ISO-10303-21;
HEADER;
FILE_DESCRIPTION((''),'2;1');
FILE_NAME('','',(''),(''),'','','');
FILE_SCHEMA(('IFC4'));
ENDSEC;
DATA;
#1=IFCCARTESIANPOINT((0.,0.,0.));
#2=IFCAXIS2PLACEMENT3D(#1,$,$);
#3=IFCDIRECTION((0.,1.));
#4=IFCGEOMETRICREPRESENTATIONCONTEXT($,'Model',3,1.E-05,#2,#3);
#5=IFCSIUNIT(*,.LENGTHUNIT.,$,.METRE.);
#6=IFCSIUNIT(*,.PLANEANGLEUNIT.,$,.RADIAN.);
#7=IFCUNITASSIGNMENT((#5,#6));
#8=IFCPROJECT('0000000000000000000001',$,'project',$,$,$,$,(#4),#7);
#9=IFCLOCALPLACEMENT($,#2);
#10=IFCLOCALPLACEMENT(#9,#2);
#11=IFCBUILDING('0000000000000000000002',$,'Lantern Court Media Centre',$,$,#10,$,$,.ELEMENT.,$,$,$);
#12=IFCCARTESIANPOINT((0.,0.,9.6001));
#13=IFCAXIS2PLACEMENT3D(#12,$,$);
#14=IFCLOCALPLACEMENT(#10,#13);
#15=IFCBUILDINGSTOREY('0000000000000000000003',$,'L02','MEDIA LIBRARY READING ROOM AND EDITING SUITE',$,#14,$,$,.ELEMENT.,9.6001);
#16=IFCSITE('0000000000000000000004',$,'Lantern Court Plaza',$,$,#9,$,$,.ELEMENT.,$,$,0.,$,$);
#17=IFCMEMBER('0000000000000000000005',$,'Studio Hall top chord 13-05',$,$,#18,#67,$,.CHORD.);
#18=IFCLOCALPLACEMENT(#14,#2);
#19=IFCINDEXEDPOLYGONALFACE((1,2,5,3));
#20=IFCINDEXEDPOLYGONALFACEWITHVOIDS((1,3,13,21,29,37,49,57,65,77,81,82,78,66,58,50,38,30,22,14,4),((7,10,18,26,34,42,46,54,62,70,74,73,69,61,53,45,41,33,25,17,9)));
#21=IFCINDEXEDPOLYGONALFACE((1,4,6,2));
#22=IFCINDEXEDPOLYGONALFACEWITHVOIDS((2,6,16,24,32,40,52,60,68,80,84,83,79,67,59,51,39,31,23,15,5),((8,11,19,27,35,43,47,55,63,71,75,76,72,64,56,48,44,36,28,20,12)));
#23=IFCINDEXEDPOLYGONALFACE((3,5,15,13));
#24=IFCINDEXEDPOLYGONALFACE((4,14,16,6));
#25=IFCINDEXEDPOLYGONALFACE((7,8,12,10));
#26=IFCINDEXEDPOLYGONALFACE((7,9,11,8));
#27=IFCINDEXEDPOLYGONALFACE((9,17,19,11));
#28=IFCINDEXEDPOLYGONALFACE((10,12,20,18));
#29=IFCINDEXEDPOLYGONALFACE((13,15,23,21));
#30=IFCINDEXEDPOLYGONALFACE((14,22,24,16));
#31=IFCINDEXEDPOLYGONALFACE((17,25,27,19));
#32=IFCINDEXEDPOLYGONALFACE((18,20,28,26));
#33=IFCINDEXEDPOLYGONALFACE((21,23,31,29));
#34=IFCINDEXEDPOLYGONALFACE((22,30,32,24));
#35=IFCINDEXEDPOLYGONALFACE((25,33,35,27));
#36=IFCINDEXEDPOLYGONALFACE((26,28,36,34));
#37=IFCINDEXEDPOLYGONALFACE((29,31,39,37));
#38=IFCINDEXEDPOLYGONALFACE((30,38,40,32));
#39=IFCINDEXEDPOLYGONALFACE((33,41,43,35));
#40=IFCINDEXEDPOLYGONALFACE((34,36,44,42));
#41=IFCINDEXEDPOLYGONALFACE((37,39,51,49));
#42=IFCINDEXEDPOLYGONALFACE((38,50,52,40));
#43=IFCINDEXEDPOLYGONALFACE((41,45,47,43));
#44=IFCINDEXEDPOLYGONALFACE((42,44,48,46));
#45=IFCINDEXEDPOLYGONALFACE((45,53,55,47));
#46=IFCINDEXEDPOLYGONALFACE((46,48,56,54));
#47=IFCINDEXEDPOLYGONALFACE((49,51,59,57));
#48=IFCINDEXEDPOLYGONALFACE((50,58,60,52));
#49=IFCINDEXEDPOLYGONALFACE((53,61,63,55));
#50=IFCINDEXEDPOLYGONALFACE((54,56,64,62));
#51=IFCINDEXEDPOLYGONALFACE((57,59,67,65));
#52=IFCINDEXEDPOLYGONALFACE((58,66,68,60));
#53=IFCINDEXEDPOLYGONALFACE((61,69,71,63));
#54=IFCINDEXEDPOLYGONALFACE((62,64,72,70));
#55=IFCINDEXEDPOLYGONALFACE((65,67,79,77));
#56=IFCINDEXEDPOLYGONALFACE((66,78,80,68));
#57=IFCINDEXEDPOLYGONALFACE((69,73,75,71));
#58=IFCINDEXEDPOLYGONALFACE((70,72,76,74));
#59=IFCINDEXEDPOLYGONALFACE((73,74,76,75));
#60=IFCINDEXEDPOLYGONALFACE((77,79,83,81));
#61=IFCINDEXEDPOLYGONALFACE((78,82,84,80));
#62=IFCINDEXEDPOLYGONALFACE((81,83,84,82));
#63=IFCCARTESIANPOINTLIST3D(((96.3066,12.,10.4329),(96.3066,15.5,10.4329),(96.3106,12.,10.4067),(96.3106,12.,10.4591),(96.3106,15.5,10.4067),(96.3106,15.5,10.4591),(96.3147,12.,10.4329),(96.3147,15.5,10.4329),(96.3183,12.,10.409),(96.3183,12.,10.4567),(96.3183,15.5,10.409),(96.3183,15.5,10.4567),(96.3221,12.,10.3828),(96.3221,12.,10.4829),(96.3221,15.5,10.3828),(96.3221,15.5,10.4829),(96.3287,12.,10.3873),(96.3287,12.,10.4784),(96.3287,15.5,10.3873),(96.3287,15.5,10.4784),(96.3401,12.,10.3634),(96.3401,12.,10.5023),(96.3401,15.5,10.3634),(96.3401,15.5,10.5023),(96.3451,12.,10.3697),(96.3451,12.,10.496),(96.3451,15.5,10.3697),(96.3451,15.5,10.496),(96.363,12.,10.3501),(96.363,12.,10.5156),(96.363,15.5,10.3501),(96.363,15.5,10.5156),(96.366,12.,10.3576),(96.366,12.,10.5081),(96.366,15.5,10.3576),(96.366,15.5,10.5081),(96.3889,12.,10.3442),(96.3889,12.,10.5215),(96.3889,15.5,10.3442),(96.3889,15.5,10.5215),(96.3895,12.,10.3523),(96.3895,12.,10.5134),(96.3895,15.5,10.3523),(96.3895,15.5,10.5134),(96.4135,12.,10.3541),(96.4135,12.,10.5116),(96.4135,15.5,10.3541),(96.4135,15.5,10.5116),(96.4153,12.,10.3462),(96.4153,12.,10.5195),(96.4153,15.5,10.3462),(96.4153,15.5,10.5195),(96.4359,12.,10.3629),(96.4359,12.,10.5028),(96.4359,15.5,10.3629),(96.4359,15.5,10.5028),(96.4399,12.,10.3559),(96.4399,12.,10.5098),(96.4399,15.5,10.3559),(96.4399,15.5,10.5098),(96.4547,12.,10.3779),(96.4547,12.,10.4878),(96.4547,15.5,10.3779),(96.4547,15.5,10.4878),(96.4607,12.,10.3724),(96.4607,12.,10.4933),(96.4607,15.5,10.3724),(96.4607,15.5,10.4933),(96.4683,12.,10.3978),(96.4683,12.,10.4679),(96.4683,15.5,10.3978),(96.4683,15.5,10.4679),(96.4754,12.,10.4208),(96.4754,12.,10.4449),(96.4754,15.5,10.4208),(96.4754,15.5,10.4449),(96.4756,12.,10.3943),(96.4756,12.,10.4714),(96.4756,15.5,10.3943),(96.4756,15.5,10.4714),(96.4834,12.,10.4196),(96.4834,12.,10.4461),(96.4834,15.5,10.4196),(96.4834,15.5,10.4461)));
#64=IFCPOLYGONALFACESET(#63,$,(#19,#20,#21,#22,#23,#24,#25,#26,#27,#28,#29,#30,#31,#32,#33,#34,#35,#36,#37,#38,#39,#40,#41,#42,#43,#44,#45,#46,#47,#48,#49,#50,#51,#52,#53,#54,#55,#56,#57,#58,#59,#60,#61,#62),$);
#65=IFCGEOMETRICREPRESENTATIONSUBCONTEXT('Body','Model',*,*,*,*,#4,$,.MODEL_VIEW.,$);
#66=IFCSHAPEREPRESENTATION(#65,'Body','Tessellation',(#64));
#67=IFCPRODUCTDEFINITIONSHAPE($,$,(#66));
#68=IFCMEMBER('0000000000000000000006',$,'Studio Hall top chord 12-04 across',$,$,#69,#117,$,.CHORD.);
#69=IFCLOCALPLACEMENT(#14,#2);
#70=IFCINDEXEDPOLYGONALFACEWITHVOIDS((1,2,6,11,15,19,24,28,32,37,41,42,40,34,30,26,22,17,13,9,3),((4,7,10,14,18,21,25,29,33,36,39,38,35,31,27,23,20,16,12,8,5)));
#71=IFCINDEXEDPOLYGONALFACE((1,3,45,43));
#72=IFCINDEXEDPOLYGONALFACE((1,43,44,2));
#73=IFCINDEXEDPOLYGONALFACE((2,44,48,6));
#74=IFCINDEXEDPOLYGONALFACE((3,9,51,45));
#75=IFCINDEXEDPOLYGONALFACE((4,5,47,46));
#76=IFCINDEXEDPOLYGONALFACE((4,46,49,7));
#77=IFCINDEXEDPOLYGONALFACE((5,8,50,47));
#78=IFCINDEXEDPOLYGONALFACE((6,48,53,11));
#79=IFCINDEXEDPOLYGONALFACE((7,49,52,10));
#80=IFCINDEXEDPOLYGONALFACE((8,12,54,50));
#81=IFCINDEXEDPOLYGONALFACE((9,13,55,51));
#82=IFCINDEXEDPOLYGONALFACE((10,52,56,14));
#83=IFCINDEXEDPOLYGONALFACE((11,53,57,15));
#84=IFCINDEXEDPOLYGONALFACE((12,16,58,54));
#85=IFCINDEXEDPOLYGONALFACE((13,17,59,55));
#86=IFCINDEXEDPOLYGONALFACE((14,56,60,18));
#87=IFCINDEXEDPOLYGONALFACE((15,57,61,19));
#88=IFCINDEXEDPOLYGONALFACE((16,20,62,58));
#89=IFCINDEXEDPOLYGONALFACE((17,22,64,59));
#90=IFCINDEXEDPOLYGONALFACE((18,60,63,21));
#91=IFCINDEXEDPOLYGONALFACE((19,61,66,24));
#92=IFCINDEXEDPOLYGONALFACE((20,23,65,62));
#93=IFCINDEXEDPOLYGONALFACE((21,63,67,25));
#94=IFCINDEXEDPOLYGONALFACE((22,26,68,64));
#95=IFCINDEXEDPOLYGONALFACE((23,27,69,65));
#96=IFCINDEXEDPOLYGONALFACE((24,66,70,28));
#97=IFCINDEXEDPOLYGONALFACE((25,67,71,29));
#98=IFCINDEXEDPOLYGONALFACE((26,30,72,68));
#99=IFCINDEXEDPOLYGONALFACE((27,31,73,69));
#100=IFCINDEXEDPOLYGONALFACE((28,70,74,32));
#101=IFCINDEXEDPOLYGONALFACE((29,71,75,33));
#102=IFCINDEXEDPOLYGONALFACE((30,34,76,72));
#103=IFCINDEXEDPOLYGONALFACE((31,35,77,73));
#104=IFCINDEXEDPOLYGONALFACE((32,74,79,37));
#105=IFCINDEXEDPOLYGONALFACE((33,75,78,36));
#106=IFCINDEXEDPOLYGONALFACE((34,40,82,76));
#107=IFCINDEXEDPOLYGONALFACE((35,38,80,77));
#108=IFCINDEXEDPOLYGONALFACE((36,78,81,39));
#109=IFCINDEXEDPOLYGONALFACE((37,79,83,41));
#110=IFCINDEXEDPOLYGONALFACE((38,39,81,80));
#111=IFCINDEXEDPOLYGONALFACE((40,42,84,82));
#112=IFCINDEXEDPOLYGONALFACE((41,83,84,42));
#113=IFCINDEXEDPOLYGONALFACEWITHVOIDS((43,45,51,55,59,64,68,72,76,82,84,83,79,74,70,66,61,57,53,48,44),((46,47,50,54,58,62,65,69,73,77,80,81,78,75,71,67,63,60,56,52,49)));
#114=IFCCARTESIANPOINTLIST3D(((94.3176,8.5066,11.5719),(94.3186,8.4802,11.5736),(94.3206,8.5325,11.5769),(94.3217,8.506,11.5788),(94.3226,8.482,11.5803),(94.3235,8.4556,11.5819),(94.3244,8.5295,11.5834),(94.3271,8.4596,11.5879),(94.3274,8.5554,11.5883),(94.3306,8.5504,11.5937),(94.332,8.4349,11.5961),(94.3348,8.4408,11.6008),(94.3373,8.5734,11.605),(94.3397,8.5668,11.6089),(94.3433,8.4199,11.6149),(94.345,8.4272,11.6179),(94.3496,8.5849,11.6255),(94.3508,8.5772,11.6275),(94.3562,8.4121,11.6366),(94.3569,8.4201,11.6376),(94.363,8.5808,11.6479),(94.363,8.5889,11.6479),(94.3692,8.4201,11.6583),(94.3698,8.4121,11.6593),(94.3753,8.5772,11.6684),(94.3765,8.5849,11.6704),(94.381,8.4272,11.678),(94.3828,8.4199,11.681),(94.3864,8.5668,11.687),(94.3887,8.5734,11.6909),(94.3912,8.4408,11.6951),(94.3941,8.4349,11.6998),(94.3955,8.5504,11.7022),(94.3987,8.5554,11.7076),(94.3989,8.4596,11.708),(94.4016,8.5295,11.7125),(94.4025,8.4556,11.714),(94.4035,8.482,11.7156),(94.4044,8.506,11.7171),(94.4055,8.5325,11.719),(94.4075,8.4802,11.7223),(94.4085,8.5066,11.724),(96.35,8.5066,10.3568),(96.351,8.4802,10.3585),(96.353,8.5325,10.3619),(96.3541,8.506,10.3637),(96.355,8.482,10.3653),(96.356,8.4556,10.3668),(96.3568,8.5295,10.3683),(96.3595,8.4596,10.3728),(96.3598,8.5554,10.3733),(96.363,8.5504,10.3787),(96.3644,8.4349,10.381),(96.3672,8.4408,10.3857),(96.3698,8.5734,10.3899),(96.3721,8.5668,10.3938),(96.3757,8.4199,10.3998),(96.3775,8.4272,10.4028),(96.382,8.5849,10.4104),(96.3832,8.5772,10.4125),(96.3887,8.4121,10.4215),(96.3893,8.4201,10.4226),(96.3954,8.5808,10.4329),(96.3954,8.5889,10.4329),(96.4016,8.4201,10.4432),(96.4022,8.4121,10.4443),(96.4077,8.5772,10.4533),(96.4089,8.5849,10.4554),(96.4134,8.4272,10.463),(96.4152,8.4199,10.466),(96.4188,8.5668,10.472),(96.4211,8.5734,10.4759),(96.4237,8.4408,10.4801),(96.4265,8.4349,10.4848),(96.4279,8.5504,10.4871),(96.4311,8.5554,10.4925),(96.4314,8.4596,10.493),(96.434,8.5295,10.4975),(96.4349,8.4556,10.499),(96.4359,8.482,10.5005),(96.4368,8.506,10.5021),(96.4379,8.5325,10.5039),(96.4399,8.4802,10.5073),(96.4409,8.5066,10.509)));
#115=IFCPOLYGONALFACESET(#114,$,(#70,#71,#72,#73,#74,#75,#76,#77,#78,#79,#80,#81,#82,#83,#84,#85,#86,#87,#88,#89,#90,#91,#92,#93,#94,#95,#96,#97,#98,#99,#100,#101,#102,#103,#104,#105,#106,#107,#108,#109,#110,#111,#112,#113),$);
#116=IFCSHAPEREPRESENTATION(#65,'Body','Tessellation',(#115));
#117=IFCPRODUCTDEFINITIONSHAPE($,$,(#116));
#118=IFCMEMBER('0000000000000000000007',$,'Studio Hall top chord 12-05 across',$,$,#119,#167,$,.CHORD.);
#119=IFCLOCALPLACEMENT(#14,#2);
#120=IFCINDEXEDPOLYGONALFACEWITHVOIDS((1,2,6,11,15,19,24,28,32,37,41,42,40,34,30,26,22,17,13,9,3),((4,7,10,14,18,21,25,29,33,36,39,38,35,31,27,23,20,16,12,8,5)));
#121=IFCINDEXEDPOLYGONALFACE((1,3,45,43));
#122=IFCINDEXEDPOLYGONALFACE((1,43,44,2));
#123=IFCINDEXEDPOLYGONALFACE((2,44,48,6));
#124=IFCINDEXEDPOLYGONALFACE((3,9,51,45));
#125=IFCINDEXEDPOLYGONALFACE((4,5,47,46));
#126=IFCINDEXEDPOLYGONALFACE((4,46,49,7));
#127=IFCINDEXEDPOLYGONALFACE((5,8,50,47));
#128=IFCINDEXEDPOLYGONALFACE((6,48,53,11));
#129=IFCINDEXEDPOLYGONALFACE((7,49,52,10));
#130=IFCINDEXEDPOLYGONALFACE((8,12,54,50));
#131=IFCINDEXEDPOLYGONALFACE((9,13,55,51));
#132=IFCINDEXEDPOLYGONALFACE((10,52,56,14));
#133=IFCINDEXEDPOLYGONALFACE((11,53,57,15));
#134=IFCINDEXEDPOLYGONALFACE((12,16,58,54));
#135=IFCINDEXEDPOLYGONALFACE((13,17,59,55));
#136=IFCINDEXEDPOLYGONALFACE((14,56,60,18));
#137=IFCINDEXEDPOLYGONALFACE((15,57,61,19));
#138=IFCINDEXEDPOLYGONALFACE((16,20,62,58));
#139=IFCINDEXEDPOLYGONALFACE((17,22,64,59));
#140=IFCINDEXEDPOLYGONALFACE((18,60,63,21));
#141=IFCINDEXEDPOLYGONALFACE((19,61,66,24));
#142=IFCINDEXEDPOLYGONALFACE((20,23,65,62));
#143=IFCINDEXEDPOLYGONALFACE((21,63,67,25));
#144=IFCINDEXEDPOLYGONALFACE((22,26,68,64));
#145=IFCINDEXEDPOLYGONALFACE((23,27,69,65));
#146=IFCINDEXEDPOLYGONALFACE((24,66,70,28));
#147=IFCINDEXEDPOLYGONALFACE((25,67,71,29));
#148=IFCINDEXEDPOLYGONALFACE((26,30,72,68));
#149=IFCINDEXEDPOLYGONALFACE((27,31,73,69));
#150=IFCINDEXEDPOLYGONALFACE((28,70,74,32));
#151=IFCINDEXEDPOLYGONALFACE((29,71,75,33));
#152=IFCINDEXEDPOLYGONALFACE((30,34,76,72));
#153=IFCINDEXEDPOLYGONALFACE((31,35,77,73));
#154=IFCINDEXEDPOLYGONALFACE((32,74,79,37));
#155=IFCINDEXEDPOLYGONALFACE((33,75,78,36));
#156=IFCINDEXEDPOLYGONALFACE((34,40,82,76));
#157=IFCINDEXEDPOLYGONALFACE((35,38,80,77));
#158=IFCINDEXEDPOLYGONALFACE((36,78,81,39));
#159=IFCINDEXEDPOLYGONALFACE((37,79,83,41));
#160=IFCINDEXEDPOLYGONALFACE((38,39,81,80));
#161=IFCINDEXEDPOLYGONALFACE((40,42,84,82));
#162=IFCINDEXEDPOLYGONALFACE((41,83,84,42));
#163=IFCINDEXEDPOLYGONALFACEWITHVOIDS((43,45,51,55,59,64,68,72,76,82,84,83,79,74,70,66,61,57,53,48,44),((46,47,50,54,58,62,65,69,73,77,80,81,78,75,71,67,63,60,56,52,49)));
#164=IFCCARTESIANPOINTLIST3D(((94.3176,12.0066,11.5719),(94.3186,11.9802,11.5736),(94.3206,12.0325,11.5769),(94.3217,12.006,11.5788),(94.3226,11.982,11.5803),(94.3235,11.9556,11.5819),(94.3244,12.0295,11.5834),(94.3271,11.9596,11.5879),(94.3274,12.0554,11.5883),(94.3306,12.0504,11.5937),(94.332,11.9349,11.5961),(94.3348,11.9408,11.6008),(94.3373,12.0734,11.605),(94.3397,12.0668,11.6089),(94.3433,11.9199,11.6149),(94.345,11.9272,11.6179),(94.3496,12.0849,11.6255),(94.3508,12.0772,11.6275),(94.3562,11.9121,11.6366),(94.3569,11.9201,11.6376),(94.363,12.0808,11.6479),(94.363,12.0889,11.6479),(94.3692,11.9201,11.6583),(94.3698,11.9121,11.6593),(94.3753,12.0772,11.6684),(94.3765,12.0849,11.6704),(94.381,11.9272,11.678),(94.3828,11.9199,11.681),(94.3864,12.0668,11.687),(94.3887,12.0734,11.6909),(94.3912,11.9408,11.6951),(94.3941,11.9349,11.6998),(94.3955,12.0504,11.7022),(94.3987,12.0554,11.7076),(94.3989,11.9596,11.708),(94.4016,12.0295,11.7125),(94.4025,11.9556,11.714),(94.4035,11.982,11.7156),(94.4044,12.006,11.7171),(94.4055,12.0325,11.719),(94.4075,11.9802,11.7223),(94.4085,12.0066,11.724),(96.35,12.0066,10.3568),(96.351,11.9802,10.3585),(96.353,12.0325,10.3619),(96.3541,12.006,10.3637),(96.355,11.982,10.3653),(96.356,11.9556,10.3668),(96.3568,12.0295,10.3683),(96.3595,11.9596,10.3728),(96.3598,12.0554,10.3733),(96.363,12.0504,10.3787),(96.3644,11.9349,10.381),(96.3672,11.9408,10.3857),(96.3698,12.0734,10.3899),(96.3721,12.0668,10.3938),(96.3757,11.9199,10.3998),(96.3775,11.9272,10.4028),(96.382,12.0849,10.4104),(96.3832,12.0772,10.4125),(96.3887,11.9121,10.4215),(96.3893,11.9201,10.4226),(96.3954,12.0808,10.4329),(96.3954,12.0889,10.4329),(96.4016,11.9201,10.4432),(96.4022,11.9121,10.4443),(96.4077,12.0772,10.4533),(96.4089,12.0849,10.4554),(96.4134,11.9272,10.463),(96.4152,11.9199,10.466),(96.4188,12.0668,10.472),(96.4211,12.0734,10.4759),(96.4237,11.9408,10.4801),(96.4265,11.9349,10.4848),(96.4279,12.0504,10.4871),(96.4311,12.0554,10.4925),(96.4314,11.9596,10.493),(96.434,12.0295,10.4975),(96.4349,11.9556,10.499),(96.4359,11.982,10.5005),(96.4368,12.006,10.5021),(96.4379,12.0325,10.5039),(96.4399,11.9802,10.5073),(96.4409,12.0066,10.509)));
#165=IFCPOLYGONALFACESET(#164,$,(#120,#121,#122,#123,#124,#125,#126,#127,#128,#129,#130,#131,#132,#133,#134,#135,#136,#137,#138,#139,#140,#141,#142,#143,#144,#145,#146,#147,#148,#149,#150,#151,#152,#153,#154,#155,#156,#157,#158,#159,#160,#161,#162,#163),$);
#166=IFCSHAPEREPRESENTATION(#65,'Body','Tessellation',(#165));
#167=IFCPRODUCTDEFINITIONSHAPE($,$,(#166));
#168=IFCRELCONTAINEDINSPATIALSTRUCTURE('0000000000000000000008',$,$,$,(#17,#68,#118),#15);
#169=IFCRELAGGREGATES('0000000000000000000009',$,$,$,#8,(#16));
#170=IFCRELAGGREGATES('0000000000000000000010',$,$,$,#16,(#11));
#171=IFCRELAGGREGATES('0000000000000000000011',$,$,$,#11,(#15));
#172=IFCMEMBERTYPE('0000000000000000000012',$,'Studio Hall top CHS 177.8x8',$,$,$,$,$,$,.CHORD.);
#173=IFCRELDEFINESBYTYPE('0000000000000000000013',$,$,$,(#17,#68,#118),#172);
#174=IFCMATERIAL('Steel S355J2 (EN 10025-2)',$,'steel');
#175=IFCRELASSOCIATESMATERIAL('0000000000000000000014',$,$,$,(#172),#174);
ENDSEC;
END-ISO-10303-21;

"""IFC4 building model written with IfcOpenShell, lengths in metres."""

from ifc_helpers import new_model, si_unit, direction, frame, origin, origin_2d, place, context, subcontext, project, spatial, hollow_circle, extrude, material, material_profile, profile_set, type_object, element, save


model = new_model("IFC4")

# Units and contexts
model_context = context("Model", 3, precision=1e-05, world=origin(), true_north=direction((0.0, 1.0)))
body_context = subcontext(model_context, "Body", "Model", "MODEL_VIEW")
ifc_project = project(units=[si_unit("LENGTHUNIT", "METRE"), si_unit("PLANEANGLEUNIT", "RADIAN")], contexts=[model_context])

# Site, building, storey
site_placement = place(None, origin())
site = spatial("IfcSite", under=ifc_project, at=site_placement, Name="Lantern Court Plaza", CompositionType="ELEMENT", RefElevation=0.0)
building_placement = place(site_placement, origin())
building = spatial("IfcBuilding", under=site, at=building_placement, Name="Lantern Court Media Centre", CompositionType="ELEMENT")
storey_placement = place(building_placement, frame((0.0, 0.0, 9.6001)))
storey = spatial("IfcBuildingStorey", under=building, at=storey_placement, Name="L02", Description="MEDIA LIBRARY READING ROOM AND EDITING SUITE", CompositionType="ELEMENT", Elevation=9.6001)

# Members
ifc_material = material(Name="Steel S355J2 (EN 10025-2)", Category="steel")
ifc_material_profile_1 = material_profile(ifc_material, hollow_circle(Radius=0.0889, WallThickness=0.0081, at=origin_2d()), Name="Studio Hall top CHS 177.8x8")
ifc_profile_set_1 = profile_set([ifc_material_profile_1], Name="Steel S355J2 (EN 10025-2)")
member_type_1 = type_object("IfcMemberType", Name="Studio Hall top CHS 177.8x8", PredefinedType="CHORD", material=ifc_profile_set_1)
for number, where, z_axis, x_axis, name in (
    (1, (96.3955, 12.0, 10.4329), (0.0, 1.0, 0.0), (-1.0, 0.0, 0.0), "Studio Hall top chord 13-05"),
):
    element("IfcMember", number, at=place(storey_placement, frame(where, z_axis=z_axis, x_axis=x_axis)), inside=storey, type_object=member_type_1, Name=name, PredefinedType="CHORD", context=body_context, shape_type="SweptSolid", body=[
        extrude(hollow_circle(Radius=0.0889, WallThickness=0.0081, at=origin_2d()), origin(), (0.0, 0.0, 1.0), 3.5),
    ])
for number, where, z_axis, x_axis, name in (
    (2, (94.363, 8.5, 11.6479), (0.858311, 0.0, -0.513131), (0.0, 1.0, 0.0), "Studio Hall top chord 12-04 across"),
    (3, (94.363, 12.0, 11.6479), (0.858311, 0.0, -0.513131), (0.0, 1.0, 0.0), "Studio Hall top chord 12-05 across"),
):
    element("IfcMember", number, at=place(storey_placement, frame(where, z_axis=z_axis, x_axis=x_axis)), inside=storey, type_object=member_type_1, Name=name, PredefinedType="CHORD", context=body_context, shape_type="SweptSolid", body=[
        extrude(hollow_circle(Radius=0.0889, WallThickness=0.0081, at=origin_2d()), origin(), (0.0, 0.0, 1.0), 2.3679),
    ])

save(model, "model.ifc")
